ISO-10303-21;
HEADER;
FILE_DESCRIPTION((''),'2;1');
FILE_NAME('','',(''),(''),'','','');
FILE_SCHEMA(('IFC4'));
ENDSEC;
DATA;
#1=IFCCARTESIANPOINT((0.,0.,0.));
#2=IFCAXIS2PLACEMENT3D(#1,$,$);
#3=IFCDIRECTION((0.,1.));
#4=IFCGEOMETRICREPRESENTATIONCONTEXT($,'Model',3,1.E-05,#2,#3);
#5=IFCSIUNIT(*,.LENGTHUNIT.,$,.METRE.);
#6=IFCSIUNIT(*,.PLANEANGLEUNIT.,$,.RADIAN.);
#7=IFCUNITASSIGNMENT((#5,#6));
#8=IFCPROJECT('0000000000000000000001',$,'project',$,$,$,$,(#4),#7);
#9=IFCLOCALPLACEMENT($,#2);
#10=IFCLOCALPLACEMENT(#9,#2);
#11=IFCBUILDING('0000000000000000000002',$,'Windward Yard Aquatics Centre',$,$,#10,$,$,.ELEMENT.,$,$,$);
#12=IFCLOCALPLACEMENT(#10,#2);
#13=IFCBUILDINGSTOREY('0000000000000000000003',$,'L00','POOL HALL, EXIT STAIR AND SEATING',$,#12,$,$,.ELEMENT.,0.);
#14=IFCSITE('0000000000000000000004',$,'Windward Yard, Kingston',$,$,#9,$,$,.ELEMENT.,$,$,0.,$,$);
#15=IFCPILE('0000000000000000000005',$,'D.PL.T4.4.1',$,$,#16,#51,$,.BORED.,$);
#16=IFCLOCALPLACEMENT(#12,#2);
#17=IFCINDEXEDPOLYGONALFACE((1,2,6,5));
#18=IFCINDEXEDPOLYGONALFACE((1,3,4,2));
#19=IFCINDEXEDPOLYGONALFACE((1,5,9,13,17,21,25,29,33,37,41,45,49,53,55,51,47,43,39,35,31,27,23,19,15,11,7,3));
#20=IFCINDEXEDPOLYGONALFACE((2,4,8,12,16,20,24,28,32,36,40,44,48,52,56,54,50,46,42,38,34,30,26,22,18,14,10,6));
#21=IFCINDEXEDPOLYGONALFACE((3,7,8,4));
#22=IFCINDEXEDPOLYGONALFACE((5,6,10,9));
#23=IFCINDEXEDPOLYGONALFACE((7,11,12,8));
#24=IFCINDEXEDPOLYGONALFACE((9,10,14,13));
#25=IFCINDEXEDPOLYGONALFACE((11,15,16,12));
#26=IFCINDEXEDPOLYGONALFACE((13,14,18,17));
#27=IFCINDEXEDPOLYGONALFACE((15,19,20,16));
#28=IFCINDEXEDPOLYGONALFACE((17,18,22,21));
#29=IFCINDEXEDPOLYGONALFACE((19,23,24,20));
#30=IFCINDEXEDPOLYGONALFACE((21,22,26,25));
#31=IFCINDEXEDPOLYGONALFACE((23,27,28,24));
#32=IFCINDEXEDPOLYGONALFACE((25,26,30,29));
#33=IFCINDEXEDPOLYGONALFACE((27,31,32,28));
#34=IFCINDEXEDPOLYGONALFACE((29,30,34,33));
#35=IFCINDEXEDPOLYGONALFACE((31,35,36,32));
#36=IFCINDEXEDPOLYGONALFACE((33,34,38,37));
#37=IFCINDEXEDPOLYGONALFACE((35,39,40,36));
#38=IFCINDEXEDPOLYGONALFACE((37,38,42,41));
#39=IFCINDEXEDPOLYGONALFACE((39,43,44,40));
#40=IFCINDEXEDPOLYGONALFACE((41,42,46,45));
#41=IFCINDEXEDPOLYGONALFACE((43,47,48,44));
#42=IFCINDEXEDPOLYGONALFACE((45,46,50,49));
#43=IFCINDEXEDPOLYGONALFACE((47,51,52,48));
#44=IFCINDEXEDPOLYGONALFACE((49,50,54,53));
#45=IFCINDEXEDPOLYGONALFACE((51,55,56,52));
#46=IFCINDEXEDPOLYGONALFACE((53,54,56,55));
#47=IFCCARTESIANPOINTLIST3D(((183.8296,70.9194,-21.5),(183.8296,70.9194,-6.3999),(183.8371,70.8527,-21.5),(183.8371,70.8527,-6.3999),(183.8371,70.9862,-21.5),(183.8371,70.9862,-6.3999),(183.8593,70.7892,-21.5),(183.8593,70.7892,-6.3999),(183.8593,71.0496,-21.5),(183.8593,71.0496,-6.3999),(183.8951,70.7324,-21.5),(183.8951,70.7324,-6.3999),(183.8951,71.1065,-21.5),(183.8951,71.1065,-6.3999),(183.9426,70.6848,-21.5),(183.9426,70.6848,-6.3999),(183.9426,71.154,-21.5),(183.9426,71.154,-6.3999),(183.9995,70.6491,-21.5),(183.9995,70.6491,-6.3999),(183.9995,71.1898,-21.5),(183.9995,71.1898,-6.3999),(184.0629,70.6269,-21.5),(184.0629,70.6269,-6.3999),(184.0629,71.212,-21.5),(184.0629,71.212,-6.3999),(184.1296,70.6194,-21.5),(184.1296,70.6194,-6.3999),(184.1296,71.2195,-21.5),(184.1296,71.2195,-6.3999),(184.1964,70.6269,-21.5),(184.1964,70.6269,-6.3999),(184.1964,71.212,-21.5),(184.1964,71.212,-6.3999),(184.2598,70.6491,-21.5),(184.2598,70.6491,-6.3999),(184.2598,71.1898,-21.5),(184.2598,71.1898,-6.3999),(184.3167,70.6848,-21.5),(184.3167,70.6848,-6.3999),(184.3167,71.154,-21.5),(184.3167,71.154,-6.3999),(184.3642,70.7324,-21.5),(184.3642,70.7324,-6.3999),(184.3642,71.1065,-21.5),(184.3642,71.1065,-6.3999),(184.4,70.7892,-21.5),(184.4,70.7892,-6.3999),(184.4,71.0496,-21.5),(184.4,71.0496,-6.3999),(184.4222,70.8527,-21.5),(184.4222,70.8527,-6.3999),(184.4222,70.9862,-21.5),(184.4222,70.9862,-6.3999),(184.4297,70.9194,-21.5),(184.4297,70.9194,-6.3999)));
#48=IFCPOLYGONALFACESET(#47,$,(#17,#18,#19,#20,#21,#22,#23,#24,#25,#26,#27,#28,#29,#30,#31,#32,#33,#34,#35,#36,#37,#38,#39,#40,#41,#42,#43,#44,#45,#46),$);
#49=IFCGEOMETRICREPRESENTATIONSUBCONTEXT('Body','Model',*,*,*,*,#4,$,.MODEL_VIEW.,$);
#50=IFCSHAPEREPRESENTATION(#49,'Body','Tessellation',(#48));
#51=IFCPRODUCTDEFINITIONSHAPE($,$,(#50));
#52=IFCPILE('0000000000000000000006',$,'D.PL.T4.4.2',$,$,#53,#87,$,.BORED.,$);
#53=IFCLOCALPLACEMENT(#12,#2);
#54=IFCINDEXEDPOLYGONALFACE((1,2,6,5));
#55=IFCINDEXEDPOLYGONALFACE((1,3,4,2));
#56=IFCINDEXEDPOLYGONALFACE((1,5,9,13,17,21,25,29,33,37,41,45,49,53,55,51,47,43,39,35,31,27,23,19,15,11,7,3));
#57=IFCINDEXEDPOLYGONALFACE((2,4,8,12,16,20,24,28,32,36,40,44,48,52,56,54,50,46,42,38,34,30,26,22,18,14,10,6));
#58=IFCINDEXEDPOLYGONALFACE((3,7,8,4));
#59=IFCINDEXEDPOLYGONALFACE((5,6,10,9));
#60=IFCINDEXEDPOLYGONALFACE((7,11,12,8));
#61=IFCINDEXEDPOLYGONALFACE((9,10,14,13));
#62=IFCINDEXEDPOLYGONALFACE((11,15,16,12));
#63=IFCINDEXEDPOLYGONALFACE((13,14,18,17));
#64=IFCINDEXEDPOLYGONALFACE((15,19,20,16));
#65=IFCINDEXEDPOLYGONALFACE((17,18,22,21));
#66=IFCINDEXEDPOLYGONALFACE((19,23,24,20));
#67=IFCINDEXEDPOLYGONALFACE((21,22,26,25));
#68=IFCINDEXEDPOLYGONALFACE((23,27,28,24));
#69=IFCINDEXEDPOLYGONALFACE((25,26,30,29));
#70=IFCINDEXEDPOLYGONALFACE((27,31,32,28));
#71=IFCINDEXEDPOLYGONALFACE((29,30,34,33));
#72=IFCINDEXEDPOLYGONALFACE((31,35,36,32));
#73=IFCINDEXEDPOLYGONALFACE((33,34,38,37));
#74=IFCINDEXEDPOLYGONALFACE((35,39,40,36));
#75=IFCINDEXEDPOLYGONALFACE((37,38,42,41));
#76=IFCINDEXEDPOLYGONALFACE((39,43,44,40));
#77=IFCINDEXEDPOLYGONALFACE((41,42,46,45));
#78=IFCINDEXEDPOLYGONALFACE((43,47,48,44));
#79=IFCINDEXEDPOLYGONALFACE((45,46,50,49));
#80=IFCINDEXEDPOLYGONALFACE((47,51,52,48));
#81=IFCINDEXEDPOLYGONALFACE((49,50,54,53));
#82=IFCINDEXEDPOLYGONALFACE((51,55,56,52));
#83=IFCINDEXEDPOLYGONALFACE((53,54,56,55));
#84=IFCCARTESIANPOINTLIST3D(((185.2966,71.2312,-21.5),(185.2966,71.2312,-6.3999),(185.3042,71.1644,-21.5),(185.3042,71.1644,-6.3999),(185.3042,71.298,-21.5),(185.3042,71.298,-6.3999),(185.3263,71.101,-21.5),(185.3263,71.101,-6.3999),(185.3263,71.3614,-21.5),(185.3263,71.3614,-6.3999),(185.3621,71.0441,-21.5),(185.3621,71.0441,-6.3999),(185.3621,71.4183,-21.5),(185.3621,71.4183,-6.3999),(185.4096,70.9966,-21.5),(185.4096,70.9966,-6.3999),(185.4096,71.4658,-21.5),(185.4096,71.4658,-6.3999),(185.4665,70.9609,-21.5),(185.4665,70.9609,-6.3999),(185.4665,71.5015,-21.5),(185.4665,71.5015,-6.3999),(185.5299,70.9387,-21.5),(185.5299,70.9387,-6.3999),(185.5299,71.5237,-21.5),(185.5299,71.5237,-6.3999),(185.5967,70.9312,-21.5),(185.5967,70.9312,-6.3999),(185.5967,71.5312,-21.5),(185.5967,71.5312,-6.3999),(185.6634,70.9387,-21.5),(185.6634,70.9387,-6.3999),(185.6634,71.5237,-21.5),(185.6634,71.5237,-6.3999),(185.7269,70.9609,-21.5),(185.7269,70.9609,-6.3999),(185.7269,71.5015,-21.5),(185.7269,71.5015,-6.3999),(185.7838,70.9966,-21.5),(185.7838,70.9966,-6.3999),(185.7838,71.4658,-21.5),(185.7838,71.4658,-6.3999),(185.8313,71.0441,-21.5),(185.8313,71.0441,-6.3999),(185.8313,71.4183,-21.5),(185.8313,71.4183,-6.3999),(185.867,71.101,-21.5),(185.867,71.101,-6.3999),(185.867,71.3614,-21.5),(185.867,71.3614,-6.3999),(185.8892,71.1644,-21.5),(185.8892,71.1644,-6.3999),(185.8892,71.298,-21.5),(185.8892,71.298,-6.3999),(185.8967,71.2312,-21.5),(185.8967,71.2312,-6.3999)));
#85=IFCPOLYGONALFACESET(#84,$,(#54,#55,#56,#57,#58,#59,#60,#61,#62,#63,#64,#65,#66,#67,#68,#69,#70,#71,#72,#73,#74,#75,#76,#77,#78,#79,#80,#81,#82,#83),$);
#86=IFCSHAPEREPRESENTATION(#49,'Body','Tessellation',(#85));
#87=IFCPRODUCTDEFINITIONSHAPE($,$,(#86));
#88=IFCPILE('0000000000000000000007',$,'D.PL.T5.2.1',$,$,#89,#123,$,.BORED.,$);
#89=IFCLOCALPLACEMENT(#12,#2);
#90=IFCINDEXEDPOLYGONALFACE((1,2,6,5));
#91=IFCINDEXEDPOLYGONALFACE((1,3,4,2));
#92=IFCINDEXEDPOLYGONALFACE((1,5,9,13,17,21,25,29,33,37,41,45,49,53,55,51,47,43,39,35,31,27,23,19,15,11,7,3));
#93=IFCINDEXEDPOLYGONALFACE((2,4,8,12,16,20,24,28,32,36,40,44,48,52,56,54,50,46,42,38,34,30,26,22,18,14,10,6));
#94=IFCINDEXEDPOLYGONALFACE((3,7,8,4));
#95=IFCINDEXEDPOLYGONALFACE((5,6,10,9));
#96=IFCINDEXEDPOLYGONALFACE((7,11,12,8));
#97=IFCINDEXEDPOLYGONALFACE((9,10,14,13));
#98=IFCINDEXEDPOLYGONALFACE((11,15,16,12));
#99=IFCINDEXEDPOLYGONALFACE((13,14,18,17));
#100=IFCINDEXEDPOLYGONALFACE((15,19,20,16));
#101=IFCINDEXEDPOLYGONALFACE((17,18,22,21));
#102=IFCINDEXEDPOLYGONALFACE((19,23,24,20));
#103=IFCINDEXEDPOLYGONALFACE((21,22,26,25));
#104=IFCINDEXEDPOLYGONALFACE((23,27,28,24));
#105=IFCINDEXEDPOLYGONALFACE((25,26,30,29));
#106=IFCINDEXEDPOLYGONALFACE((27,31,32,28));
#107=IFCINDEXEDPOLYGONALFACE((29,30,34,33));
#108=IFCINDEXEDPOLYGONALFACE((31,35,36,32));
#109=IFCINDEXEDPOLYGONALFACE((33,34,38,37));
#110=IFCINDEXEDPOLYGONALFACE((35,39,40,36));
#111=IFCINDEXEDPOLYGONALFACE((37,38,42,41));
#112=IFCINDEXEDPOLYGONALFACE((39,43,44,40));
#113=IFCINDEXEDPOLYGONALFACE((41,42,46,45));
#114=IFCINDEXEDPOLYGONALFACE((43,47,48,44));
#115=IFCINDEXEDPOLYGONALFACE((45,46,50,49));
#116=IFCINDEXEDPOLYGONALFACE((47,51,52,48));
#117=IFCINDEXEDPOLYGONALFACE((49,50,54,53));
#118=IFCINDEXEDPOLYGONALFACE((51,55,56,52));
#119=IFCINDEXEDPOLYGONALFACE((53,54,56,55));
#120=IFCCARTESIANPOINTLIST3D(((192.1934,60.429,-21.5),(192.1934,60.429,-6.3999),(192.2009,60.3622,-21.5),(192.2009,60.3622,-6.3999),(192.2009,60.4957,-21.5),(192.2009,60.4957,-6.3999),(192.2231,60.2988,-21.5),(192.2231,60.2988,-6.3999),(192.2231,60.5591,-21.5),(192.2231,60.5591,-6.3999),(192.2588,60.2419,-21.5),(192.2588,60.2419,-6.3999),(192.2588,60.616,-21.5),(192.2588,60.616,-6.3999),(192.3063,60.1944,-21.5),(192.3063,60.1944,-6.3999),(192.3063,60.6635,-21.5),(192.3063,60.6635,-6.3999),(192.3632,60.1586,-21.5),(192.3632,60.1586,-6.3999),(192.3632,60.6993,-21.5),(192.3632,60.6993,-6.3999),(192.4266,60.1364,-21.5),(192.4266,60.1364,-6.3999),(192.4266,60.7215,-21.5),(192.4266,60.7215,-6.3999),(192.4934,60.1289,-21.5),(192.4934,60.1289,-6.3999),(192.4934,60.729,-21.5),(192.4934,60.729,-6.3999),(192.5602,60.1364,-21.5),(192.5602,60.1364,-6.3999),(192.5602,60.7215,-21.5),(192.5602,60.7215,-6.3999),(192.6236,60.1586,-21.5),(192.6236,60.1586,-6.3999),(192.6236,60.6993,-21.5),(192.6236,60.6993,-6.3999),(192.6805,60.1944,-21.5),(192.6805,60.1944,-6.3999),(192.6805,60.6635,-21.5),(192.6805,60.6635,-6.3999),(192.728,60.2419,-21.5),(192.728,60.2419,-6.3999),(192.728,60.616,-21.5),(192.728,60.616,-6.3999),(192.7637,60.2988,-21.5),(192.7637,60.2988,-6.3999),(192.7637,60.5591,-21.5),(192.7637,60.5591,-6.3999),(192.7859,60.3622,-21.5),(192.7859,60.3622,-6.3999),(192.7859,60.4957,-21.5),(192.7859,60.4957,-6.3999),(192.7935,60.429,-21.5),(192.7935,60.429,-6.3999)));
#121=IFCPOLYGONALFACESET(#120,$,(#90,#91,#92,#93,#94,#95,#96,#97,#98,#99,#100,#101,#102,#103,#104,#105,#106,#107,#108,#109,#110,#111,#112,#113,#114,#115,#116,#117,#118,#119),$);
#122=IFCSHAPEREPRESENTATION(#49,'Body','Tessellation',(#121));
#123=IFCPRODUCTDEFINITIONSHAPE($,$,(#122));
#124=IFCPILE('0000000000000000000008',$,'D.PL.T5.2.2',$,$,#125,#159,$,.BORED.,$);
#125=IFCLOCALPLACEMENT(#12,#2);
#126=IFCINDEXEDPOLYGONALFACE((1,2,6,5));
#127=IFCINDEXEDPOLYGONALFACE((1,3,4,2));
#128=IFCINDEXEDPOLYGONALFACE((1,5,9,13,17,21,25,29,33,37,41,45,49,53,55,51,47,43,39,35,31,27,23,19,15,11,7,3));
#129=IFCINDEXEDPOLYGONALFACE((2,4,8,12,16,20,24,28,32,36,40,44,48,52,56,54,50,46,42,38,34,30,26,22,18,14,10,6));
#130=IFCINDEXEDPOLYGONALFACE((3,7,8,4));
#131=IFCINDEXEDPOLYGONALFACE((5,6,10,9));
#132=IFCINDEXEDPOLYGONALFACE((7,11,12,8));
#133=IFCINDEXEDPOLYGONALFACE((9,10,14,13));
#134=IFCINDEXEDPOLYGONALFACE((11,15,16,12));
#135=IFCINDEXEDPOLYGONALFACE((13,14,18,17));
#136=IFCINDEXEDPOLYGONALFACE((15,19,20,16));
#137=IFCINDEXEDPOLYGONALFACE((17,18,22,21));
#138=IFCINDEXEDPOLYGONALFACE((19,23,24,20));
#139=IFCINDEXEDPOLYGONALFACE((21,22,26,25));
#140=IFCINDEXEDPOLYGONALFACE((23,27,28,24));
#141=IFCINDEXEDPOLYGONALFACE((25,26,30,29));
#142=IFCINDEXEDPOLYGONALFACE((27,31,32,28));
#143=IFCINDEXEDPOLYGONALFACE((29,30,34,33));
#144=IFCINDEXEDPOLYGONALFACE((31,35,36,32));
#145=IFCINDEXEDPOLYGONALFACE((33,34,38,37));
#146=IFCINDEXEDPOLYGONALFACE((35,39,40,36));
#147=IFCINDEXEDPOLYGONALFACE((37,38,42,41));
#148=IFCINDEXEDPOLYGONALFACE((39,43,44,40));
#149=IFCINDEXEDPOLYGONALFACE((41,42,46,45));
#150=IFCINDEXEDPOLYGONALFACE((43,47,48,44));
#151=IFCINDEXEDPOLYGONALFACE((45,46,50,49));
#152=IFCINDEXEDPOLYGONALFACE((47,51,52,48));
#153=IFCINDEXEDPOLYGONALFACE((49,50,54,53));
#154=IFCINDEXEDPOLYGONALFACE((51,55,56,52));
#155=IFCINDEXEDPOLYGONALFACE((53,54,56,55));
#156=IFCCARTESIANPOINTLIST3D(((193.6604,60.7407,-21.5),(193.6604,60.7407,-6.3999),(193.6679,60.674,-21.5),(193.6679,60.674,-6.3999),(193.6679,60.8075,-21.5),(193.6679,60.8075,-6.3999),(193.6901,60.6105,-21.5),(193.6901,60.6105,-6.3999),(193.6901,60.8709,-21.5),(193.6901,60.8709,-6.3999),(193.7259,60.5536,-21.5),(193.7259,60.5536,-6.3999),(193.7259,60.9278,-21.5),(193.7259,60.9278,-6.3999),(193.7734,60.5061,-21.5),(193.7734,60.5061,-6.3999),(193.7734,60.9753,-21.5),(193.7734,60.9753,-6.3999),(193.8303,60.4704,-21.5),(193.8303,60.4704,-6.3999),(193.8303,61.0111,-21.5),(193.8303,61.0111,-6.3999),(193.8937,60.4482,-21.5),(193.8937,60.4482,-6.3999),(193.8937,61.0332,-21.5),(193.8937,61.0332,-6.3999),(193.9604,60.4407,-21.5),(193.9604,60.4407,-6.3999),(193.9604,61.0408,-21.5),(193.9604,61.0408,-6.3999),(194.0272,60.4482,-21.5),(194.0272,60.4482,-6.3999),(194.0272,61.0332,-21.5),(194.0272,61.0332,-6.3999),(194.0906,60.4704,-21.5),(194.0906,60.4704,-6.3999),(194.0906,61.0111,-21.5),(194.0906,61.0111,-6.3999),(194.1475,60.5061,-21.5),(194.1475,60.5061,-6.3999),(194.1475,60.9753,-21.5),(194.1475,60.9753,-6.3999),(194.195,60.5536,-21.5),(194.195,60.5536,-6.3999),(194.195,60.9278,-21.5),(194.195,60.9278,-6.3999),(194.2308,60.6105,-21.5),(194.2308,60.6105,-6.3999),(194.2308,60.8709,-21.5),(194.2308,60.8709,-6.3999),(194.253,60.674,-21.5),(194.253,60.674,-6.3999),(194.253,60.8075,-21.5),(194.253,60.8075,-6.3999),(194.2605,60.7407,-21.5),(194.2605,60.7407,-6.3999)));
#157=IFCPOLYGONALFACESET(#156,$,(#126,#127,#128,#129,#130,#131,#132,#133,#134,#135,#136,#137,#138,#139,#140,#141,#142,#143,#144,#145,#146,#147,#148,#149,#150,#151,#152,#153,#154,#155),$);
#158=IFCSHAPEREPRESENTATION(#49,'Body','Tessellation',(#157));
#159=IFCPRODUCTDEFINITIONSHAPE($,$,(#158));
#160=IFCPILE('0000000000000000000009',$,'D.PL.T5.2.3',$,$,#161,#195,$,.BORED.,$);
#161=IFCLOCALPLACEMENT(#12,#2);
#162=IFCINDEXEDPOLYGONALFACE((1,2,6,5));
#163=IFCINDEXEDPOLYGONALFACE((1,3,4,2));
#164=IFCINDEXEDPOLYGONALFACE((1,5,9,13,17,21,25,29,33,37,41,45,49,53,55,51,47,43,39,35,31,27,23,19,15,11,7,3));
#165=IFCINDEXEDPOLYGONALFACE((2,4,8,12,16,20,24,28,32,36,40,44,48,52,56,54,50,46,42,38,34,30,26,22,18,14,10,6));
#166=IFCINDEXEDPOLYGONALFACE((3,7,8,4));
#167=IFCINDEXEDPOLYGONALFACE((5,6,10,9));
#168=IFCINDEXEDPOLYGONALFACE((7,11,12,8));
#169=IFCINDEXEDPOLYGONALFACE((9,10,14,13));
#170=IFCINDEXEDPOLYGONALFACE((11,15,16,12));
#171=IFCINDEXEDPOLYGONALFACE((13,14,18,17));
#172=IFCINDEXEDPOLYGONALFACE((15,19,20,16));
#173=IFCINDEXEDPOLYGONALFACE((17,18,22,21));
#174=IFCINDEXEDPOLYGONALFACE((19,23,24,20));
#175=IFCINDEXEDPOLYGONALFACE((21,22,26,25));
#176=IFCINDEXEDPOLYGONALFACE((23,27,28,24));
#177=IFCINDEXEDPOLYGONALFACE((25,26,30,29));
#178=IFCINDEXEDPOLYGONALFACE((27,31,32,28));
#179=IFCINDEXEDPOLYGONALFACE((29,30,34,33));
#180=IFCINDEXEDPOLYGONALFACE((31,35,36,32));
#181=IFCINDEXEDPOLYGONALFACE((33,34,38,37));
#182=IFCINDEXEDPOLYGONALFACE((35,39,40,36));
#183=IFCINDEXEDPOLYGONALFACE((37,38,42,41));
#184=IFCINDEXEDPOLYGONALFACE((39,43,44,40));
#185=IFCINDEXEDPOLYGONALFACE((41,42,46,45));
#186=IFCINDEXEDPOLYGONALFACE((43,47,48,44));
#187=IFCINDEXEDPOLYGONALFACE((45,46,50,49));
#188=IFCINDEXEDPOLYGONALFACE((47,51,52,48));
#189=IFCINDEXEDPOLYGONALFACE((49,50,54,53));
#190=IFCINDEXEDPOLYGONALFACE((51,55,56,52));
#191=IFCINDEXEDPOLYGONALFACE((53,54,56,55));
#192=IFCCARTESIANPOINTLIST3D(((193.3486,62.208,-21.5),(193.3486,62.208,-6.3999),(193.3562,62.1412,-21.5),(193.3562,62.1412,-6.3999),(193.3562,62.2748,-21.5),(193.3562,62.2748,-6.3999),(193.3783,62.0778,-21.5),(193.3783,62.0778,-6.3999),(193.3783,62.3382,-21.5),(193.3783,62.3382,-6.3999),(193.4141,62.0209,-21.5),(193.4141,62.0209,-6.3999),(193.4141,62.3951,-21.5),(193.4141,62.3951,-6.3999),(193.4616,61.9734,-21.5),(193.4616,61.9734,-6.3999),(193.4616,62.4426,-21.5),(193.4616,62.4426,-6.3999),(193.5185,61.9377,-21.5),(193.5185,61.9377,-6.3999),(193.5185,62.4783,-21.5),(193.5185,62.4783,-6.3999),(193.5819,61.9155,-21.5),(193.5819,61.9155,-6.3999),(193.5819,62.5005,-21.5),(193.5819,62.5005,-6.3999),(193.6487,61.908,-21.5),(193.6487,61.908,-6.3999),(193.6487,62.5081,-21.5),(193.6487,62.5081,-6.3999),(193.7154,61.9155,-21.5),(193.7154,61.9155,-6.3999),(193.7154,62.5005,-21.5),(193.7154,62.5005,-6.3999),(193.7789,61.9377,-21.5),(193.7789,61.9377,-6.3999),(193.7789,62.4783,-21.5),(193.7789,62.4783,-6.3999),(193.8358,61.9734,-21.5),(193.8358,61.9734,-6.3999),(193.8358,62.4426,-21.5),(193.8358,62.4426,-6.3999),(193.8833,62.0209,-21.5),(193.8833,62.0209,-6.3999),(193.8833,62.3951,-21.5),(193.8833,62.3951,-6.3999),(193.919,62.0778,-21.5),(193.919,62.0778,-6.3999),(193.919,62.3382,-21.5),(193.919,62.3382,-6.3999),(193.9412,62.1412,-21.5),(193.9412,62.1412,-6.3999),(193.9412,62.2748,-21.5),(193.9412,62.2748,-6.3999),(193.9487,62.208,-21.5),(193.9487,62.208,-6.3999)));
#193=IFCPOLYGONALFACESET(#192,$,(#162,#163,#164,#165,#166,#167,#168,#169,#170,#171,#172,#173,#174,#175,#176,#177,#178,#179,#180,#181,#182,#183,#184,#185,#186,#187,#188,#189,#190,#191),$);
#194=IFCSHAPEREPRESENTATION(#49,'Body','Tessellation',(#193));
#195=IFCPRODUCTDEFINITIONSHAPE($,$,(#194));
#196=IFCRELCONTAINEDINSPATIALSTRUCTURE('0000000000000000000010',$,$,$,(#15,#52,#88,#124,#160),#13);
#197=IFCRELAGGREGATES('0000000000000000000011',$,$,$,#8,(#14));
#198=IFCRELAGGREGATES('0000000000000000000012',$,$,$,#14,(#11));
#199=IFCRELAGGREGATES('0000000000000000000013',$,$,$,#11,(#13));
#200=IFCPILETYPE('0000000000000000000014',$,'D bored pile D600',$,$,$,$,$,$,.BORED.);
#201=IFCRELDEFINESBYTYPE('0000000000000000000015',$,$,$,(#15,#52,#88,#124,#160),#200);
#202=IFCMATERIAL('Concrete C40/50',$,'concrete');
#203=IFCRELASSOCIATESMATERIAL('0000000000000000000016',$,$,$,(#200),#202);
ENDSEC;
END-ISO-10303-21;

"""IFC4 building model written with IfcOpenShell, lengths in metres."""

from ifc_helpers import new_model, si_unit, direction, frame, origin, origin_2d, place, context, subcontext, project, spatial, circle, extrude, material, material_profile, profile_set, type_object, element, save


model = new_model("IFC4")

# Units and contexts
model_context = context("Model", 3, precision=1e-05, world=origin(), true_north=direction((0.0, 1.0)))
body_context = subcontext(model_context, "Body", "Model", "MODEL_VIEW")
ifc_project = project(units=[si_unit("LENGTHUNIT", "METRE"), si_unit("PLANEANGLEUNIT", "RADIAN")], contexts=[model_context])

# Site, building, storey
site_placement = place(None, origin())
site = spatial("IfcSite", under=ifc_project, at=site_placement, Name="Windward Yard, Kingston", CompositionType="ELEMENT", RefElevation=0.0)
building_placement = place(site_placement, origin())
building = spatial("IfcBuilding", under=site, at=building_placement, Name="Windward Yard Aquatics Centre", CompositionType="ELEMENT")
storey_placement = place(building_placement, origin())
storey = spatial("IfcBuildingStorey", under=building, at=storey_placement, Name="L00", Description="POOL HALL, EXIT STAIR AND SEATING", CompositionType="ELEMENT", Elevation=0.0)

# Piles
ifc_material_1 = material(Name="Concrete C40/50", Category="concrete")
ifc_material_profile_1 = material_profile(ifc_material_1, circle(Radius=0.3, at=origin_2d()), Name="RC D600")
ifc_profile_set_1 = profile_set([ifc_material_profile_1], Name="Concrete C40/50")
pile_type = type_object("IfcPileType", Name="D bored pile D600", PredefinedType="BORED", material=ifc_profile_set_1)
for number, where, z_axis, x_axis, name in (
    (1, (184.1296, 70.9194, -6.3999), (0.0, 0.0, -1.0), (1.0, 0.0, 0.0), "D.PL.T4.4.1"),
    (2, (185.5967, 71.2312, -6.3999), (0.0, 0.0, -1.0), (1.0, 0.0, 0.0), "D.PL.T4.4.2"),
    (3, (192.4934, 60.429, -6.3999), (0.0, 0.0, -1.0), (1.0, 0.0, 0.0), "D.PL.T5.2.1"),
    (4, (193.9604, 60.7407, -6.3999), (0.0, 0.0, -1.0), (1.0, 0.0, 0.0), "D.PL.T5.2.2"),
    (5, (193.6487, 62.208, -6.3999), (0.0, 0.0, -1.0), (1.0, 0.0, 0.0), "D.PL.T5.2.3"),
):
    element("IfcPile", number, at=place(storey_placement, frame(where, z_axis=z_axis, x_axis=x_axis)), inside=storey, type_object=pile_type, Name=name, PredefinedType="BORED", context=body_context, shape_type="SweptSolid", body=[
        extrude(circle(Radius=0.3, at=origin_2d()), origin(), (0.0, 0.0, 1.0), 15.1001),
    ])

save(model, "model.ifc")
